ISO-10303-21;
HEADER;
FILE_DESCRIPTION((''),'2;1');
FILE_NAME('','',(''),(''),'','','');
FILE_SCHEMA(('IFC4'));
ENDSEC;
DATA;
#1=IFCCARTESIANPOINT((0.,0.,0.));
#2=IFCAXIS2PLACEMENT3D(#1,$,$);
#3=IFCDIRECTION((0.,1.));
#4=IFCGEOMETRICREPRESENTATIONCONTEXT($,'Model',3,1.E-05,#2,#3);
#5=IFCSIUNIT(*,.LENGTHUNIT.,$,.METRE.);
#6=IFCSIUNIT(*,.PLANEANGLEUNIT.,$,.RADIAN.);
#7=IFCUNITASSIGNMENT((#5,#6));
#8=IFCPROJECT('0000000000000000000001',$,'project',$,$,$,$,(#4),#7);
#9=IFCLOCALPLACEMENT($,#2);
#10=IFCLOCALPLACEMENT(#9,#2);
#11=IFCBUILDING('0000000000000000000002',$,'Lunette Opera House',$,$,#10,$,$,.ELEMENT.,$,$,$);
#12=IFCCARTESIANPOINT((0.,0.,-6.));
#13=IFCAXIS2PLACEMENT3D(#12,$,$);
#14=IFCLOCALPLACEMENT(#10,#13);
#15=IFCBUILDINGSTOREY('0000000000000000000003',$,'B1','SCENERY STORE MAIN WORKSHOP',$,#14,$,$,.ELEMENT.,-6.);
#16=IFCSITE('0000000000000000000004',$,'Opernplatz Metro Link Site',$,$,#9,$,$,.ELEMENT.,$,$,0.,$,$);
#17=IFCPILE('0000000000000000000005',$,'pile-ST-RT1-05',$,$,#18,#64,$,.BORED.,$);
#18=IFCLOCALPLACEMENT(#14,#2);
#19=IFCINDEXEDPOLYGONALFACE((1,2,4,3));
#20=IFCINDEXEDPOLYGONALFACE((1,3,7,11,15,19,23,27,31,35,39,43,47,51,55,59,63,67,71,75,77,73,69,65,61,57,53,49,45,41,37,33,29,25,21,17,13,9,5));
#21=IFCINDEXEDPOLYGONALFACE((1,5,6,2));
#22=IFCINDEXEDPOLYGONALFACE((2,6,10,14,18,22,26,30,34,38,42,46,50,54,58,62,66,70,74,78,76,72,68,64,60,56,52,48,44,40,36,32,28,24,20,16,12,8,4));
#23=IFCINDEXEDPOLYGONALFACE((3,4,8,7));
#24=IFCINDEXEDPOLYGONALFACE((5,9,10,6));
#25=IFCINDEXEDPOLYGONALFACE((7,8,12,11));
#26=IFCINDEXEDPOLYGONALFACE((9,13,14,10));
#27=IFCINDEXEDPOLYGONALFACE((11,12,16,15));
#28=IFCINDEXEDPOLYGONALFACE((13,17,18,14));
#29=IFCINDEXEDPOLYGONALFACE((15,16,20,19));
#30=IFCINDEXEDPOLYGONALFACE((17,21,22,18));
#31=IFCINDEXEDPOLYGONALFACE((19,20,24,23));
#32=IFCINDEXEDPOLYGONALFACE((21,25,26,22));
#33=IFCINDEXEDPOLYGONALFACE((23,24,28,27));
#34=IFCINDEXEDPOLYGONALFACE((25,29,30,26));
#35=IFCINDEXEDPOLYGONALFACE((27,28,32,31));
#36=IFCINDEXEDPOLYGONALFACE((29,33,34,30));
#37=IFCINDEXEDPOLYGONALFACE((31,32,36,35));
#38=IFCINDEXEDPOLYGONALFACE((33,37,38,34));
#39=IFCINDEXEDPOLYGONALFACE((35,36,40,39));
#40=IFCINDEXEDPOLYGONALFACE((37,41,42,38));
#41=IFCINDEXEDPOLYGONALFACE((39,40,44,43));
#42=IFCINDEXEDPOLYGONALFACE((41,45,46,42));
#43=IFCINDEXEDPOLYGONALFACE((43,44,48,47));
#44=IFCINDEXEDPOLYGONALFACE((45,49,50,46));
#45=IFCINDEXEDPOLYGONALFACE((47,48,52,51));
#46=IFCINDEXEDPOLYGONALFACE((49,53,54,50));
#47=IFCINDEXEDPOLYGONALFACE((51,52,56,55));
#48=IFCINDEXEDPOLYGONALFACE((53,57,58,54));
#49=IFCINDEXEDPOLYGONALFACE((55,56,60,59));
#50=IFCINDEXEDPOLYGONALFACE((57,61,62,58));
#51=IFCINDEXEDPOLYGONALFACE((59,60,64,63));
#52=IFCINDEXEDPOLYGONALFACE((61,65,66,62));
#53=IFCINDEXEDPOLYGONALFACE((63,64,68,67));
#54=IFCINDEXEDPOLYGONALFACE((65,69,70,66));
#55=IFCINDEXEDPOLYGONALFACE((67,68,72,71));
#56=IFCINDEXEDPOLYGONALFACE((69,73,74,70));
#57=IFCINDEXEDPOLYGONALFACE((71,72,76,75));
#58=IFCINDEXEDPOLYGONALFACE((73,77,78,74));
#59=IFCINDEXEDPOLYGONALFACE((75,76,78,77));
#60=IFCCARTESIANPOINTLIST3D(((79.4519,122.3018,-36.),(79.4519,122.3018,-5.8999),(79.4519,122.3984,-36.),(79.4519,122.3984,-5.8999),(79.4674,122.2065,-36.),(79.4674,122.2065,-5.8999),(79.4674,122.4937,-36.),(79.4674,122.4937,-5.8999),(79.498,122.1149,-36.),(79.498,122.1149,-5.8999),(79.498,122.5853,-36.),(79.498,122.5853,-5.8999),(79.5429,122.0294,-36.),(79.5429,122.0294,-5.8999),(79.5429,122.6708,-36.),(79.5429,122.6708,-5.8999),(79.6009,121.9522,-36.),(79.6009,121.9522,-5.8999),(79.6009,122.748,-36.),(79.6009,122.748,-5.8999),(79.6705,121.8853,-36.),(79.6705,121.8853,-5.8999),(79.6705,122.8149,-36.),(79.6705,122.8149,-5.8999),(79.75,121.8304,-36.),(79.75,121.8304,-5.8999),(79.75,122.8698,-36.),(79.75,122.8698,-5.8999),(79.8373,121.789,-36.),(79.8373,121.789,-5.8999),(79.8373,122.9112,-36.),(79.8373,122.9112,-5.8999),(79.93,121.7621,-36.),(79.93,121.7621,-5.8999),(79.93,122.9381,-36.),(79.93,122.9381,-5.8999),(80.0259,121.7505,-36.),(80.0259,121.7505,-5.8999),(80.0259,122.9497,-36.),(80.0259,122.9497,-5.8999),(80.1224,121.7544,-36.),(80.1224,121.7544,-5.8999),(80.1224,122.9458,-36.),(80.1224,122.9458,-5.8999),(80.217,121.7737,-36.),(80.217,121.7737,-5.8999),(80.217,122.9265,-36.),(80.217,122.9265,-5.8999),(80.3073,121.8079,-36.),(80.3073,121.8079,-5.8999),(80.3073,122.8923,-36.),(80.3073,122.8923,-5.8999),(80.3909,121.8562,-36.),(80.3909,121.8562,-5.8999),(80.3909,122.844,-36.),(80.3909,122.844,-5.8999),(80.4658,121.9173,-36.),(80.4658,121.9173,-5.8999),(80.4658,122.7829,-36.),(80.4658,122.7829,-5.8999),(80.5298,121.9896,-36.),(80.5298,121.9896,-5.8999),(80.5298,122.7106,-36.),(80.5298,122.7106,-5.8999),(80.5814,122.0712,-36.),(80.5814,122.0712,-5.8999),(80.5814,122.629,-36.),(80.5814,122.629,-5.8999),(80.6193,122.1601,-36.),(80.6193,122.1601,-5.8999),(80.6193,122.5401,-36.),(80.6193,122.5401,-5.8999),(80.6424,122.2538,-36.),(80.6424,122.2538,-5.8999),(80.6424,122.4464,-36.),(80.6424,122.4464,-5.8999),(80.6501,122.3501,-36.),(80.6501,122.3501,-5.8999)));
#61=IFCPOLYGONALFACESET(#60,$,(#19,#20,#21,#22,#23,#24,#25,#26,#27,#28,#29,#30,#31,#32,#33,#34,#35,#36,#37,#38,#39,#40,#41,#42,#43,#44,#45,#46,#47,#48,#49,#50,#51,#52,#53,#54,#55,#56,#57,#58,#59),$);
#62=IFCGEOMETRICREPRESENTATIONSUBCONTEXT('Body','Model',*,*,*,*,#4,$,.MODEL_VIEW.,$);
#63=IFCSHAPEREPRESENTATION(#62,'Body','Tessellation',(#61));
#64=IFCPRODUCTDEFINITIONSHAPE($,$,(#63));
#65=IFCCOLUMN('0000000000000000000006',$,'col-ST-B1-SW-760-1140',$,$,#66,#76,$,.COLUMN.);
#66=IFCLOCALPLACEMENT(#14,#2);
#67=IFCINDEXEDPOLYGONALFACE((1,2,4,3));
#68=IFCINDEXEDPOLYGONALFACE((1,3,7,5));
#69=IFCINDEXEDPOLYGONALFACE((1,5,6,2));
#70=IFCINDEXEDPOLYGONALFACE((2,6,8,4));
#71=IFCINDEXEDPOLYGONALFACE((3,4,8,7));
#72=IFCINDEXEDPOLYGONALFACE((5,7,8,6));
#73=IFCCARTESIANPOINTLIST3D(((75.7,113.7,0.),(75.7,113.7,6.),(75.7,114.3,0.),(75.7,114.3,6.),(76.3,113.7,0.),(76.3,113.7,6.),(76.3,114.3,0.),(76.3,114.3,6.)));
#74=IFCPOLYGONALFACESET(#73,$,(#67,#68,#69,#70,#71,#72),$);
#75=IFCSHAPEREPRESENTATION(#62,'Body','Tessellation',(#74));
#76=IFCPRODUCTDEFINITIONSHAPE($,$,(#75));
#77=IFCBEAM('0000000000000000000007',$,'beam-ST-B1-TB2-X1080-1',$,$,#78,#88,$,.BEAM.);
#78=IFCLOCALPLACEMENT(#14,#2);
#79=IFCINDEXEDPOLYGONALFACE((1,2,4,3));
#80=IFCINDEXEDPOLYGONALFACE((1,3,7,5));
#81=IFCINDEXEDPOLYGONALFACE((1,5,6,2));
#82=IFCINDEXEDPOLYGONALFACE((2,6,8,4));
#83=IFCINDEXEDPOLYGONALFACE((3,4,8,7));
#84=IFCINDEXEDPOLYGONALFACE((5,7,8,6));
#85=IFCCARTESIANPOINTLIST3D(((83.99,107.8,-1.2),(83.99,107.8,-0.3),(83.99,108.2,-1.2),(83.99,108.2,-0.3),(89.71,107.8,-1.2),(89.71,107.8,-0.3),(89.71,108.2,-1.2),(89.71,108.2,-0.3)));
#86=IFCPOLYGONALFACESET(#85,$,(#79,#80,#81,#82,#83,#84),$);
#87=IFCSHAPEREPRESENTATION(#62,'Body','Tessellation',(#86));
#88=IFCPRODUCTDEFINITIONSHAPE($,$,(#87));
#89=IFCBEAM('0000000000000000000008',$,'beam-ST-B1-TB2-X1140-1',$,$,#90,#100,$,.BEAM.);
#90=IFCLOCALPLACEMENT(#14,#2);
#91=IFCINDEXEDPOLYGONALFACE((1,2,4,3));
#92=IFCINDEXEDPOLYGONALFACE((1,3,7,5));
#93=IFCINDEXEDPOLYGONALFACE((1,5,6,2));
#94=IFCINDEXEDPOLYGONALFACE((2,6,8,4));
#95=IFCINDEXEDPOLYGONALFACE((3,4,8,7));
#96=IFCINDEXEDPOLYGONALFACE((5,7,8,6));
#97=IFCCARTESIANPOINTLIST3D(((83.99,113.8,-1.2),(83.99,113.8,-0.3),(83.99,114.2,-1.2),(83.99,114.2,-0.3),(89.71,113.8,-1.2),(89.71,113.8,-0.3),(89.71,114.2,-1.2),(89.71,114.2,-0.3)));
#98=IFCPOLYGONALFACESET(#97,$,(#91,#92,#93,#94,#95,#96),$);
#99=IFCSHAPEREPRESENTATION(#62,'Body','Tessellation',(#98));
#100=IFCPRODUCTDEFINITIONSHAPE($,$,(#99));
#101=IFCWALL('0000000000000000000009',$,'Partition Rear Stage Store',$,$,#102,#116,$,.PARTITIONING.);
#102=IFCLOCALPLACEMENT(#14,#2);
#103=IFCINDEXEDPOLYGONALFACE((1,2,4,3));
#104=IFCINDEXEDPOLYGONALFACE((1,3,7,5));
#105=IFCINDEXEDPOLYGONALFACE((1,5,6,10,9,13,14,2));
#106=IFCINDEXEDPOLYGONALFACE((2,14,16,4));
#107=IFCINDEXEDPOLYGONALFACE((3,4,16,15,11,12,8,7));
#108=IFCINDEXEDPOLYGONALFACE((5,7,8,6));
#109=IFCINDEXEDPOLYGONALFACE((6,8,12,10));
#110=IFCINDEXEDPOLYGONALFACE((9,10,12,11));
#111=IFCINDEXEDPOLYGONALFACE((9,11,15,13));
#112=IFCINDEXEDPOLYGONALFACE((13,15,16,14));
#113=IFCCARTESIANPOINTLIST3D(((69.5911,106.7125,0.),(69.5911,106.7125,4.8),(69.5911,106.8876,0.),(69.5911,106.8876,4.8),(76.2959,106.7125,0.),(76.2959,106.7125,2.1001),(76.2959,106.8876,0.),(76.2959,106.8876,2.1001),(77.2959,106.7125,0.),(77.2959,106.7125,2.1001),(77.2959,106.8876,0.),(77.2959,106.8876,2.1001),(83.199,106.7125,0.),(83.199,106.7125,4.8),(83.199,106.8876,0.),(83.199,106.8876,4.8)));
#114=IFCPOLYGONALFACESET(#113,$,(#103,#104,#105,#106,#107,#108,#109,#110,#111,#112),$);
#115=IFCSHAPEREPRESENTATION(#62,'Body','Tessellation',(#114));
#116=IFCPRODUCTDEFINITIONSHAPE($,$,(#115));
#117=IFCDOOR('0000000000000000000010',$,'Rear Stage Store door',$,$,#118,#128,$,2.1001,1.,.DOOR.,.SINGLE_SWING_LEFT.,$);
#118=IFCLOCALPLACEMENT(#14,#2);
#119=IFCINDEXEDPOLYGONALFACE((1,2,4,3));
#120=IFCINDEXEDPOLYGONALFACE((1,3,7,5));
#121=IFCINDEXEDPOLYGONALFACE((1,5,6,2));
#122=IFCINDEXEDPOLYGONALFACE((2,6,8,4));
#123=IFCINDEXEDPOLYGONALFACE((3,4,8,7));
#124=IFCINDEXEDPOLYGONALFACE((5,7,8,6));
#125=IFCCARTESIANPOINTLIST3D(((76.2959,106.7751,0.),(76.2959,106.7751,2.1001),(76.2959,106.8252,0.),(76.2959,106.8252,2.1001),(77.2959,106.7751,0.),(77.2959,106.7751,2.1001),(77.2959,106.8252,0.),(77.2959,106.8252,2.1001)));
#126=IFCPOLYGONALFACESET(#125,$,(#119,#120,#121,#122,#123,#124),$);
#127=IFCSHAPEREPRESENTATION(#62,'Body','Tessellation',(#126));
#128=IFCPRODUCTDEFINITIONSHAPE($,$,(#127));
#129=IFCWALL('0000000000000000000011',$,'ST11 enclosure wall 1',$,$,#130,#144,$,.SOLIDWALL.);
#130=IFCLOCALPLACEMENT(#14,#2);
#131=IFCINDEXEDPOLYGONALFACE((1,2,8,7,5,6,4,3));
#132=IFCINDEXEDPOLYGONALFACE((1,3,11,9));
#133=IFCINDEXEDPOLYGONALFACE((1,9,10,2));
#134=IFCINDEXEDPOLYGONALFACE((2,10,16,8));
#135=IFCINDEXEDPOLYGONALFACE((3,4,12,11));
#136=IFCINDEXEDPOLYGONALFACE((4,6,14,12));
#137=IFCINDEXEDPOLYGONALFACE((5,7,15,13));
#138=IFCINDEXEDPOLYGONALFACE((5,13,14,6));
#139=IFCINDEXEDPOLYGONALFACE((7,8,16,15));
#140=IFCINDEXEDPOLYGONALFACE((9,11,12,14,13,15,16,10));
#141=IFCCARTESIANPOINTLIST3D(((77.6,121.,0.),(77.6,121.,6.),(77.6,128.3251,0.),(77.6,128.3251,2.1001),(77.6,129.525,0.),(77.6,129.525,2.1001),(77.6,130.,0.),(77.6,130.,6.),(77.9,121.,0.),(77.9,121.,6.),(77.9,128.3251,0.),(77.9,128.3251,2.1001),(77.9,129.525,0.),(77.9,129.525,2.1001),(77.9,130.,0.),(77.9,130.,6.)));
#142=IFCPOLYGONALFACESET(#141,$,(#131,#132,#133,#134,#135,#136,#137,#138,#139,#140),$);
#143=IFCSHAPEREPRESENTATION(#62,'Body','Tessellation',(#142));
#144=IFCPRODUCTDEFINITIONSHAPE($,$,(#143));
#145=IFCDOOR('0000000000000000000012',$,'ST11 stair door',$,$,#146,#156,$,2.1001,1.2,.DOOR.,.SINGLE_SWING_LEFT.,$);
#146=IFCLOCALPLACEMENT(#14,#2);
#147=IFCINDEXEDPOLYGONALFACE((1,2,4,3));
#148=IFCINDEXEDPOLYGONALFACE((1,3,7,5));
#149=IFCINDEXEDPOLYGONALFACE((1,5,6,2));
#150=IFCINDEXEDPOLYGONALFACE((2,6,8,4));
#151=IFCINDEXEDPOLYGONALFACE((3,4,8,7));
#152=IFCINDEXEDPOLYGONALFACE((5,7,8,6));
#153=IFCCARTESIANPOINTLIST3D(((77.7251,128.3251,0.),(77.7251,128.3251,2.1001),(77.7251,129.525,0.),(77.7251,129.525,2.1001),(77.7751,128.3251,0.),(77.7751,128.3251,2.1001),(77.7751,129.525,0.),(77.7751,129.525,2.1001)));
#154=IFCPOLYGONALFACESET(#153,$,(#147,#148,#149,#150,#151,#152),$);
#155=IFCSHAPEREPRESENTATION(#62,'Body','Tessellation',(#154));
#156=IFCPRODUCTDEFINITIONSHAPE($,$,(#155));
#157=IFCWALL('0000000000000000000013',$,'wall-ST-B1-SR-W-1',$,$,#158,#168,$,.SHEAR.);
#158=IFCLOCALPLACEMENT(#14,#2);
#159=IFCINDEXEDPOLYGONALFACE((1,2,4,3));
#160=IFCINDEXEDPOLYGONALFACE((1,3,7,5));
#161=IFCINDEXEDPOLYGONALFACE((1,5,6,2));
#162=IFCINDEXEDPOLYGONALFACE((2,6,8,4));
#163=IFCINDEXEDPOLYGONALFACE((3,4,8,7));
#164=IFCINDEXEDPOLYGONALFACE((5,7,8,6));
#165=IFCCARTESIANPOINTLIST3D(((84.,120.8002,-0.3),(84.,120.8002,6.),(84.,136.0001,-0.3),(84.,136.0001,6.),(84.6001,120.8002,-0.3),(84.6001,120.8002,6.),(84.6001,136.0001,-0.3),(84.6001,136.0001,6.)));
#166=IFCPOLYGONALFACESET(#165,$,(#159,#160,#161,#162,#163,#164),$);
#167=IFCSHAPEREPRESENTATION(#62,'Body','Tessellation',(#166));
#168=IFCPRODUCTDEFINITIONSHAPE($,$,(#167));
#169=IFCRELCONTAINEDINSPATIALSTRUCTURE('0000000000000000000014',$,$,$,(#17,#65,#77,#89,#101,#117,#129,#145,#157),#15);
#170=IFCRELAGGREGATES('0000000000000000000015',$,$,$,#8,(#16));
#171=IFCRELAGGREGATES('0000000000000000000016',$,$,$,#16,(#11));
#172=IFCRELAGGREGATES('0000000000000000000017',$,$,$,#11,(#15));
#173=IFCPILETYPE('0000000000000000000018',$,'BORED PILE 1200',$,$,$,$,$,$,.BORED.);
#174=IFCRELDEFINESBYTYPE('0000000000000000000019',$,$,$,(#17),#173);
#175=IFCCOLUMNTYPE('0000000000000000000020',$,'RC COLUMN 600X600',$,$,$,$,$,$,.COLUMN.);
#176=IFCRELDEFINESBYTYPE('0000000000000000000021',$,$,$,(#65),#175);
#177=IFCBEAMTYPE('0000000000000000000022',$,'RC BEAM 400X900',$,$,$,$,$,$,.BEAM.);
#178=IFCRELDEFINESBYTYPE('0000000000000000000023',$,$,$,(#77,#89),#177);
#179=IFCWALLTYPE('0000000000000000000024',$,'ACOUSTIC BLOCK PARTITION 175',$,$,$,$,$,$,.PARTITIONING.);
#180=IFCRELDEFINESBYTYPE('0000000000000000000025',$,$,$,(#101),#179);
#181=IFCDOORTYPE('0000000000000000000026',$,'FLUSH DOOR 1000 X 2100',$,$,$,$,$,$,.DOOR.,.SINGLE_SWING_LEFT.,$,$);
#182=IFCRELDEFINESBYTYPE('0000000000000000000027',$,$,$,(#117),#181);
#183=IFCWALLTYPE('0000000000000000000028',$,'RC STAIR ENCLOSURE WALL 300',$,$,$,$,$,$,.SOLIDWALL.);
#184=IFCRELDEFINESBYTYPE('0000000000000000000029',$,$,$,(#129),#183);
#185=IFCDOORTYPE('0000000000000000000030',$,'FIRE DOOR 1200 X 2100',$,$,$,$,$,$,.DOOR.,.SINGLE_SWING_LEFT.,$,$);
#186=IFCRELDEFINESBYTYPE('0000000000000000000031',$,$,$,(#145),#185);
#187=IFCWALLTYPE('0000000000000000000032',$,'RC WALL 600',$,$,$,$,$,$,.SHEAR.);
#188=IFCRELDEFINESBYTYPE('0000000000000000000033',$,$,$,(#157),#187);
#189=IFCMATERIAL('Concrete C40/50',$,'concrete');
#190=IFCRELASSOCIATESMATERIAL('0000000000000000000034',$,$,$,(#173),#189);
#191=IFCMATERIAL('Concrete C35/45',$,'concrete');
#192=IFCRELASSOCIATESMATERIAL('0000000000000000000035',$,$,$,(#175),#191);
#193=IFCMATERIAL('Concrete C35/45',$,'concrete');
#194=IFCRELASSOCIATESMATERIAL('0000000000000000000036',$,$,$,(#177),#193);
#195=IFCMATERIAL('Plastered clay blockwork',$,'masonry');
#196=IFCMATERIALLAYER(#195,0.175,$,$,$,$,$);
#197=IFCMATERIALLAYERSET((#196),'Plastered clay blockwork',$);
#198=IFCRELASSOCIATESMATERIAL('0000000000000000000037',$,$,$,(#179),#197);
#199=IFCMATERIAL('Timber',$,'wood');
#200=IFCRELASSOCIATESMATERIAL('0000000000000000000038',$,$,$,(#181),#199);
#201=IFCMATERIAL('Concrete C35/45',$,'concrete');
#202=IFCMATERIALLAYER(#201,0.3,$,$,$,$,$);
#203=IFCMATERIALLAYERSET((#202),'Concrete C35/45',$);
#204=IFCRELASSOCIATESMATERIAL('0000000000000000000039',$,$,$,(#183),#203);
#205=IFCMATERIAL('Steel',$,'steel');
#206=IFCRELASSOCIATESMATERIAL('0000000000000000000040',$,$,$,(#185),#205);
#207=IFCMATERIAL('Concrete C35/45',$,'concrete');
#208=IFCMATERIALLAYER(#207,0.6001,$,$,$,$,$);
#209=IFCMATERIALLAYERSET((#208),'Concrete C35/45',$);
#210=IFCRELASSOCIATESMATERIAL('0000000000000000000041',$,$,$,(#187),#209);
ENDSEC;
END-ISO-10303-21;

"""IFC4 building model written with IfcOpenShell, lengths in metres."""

from ifc_helpers import new_model, si_unit, direction, frame, frame_2d, origin, origin_2d, place, context, subcontext, project, spatial, rectangle, circle, extrude, material, layer, layer_set, material_profile, profile_set, type_object, element, fill, save


model = new_model("IFC4")

# Units and contexts
model_context = context("Model", 3, precision=1e-05, world=origin(), true_north=direction((0.0, 1.0)))
body_context = subcontext(model_context, "Body", "Model", "MODEL_VIEW")
ifc_project = project(units=[si_unit("LENGTHUNIT", "METRE"), si_unit("PLANEANGLEUNIT", "RADIAN")], contexts=[model_context])

# Site, building, storey
site_placement = place(None, origin())
site = spatial("IfcSite", under=ifc_project, at=site_placement, Name="Opernplatz Metro Link Site", CompositionType="ELEMENT", RefElevation=0.0)
building_placement = place(site_placement, origin())
building = spatial("IfcBuilding", under=site, at=building_placement, Name="Lunette Opera House", CompositionType="ELEMENT")
storey_placement = place(building_placement, frame((0.0, 0.0, -6.0)))
storey = spatial("IfcBuildingStorey", under=building, at=storey_placement, Name="B1", Description="SCENERY STORE MAIN WORKSHOP", CompositionType="ELEMENT", Elevation=-6.0)

# Pile
ifc_material_1 = material(Name="Concrete C40/50", Category="concrete")
ifc_material_profile_1 = material_profile(ifc_material_1, circle(Radius=0.6001, at=origin_2d()), Name="BORED PILE 1200")
ifc_profile_set_1 = profile_set([ifc_material_profile_1], Name="Concrete C40/50")
pile_type = type_object("IfcPileType", Name="BORED PILE 1200", PredefinedType="BORED", material=ifc_profile_set_1)
for number, where, z_axis, x_axis, name in (
    (1, (80.05, 122.3501, -5.8999), (0.0, 0.0, -1.0), (1.0, 0.0, 0.0), "pile-ST-RT1-05"),
):
    element("IfcPile", number, at=place(storey_placement, frame(where, z_axis=z_axis, x_axis=x_axis)), inside=storey, type_object=pile_type, Name=name, PredefinedType="BORED", context=body_context, shape_type="SweptSolid", body=[
        extrude(circle(Radius=0.6001, at=origin_2d()), origin(), (0.0, 0.0, 1.0), 30.1001),
    ])

# Column
ifc_material_2 = material(Name="Concrete C35/45", Category="concrete")
ifc_material_profile_2 = material_profile(ifc_material_2, rectangle(XDim=0.6001, YDim=0.6001, at=origin_2d()), Name="RC COLUMN 600X600")
ifc_profile_set_2 = profile_set([ifc_material_profile_2], Name="Concrete C35/45")
column_type = type_object("IfcColumnType", Name="RC COLUMN 600X600", PredefinedType="COLUMN", material=ifc_profile_set_2)
column_placement = place(storey_placement, frame((76.0, 114.0, 0.0), z_axis=(0.0, 0.0, 1.0), x_axis=(1.0, 0.0, 0.0)))
element("IfcColumn", 2, at=column_placement, inside=storey, type_object=column_type, Name="col-ST-B1-SW-760-1140", PredefinedType="COLUMN", context=body_context, shape_type="SweptSolid", body=[
    extrude(rectangle(XDim=0.6001, YDim=0.6001, at=origin_2d()), origin(), (0.0, 0.0, 1.0), 6.0),
])

# Beams
ifc_material_3 = material(Name="Concrete C35/45", Category="concrete")
ifc_material_profile_3 = material_profile(ifc_material_3, rectangle(XDim=0.3999, YDim=0.8999, at=origin_2d()), Name="RC BEAM 400X900")
ifc_profile_set_3 = profile_set([ifc_material_profile_3], Name="Concrete C35/45")
beam_type = type_object("IfcBeamType", Name="RC BEAM 400X900", PredefinedType="BEAM", material=ifc_profile_set_3)
for number, where, z_axis, x_axis, name in (
    (3, (83.99, 108.0, -0.75), (1.0, 0.0, 0.0), (0.0, 1.0, 0.0), "beam-ST-B1-TB2-X1080-1"),
    (4, (83.99, 114.0, -0.75), (1.0, 0.0, 0.0), (0.0, 1.0, 0.0), "beam-ST-B1-TB2-X1140-1"),
):
    element("IfcBeam", number, at=place(storey_placement, frame(where, z_axis=z_axis, x_axis=x_axis)), inside=storey, type_object=beam_type, Name=name, PredefinedType="BEAM", context=body_context, shape_type="SweptSolid", body=[
        extrude(rectangle(XDim=0.3999, YDim=0.8999, at=origin_2d()), origin(), (0.0, 0.0, 1.0), 5.72),
    ])

# Walls, openings, doors
ifc_material_4 = material(Name="Plastered clay blockwork", Category="masonry")
ifc_layer_1 = layer(ifc_material_4, 0.175)
ifc_layer_set_1 = layer_set([ifc_layer_1], Name="Plastered clay blockwork")
wall_type_1 = type_object("IfcWallType", Name="ACOUSTIC BLOCK PARTITION 175", PredefinedType="PARTITIONING", material=ifc_layer_set_1)
wall_1_placement = place(storey_placement, frame((83.199, 106.8, 0.0), z_axis=(0.0, 0.0, 1.0), x_axis=(-1.0, 0.0, 0.0)))
wall_1 = element("IfcWall", 5, at=wall_1_placement, inside=storey, type_object=wall_type_1, Name="Partition Rear Stage Store", PredefinedType="PARTITIONING", context=body_context, shape_type="SweptSolid", body=[
    extrude(rectangle(XDim=13.6079, YDim=0.175, at=frame_2d((6.804, 0.0))), origin(), (0.0, 0.0, 1.0), 4.8),
])
opening_1_placement = place(wall_1_placement, frame((5.9031, 0.0, 0.0)))
opening_1 = element("IfcOpeningElement", 6, at=opening_1_placement, cuts=wall_1, PredefinedType="OPENING", context=body_context, shape_type="SweptSolid", body=[
    extrude(rectangle(XDim=1.0, YDim=2.1001, at=frame_2d((0.5, 1.05))), frame((0.0, 0.0996, 0.0), z_axis=(0.0, -1.0, 0.0), x_axis=(1.0, 0.0, 0.0)), (0.0, 0.0, 1.0), 0.199),
])
ifc_material_5 = material(Name="Timber", Category="wood")
door_type_1 = type_object("IfcDoorType", Name="FLUSH DOOR 1000 X 2100", OperationType="SINGLE_SWING_LEFT", PredefinedType="DOOR", material=ifc_material_5)
door_1_placement = place(opening_1_placement, origin())
door_1 = element("IfcDoor", 7, at=door_1_placement, inside=storey, type_object=door_type_1, Name="Rear Stage Store door", OperationType="SINGLE_SWING_LEFT", OverallHeight=2.1001, OverallWidth=1.0, PredefinedType="DOOR", context=body_context, shape_type="SweptSolid", body=[
    extrude(rectangle(XDim=1.0, YDim=2.1001, at=frame_2d((0.5, 1.05))), frame((0.0, 0.0249, 0.0), z_axis=(0.0, -1.0, 0.0), x_axis=(1.0, 0.0, 0.0)), (0.0, 0.0, 1.0), 0.05),
])
fill(opening_1, door_1)
ifc_material_6 = material(Name="Concrete C35/45", Category="concrete")
ifc_layer_2 = layer(ifc_material_6, 0.3)
ifc_layer_set_2 = layer_set([ifc_layer_2], Name="Concrete C35/45")
wall_type_2 = type_object("IfcWallType", Name="RC STAIR ENCLOSURE WALL 300", PredefinedType="SOLIDWALL", material=ifc_layer_set_2)
wall_2_placement = place(storey_placement, frame((77.75, 121.0, 0.0), z_axis=(0.0, 0.0, 1.0), x_axis=(0.0, 1.0, 0.0)))
wall_2 = element("IfcWall", 8, at=wall_2_placement, inside=storey, type_object=wall_type_2, Name="ST11 enclosure wall 1", PredefinedType="SOLIDWALL", context=body_context, shape_type="SweptSolid", body=[
    extrude(rectangle(XDim=9.0, YDim=0.3, at=frame_2d((4.5, 0.0))), origin(), (0.0, 0.0, 1.0), 6.0),
])
opening_2_placement = place(wall_2_placement, frame((7.325, 0.0, 0.0)))
opening_2 = element("IfcOpeningElement", 9, at=opening_2_placement, cuts=wall_2, PredefinedType="OPENING", context=body_context, shape_type="SweptSolid", body=[
    extrude(rectangle(XDim=1.2, YDim=2.1001, at=frame_2d((0.6001, 1.05))), frame((0.0, 0.1621, 0.0), z_axis=(0.0, -1.0, 0.0), x_axis=(1.0, 0.0, 0.0)), (0.0, 0.0, 1.0), 0.324),
])
ifc_material_7 = material(Name="Steel", Category="steel")
door_type_2 = type_object("IfcDoorType", Name="FIRE DOOR 1200 X 2100", OperationType="SINGLE_SWING_LEFT", PredefinedType="DOOR", material=ifc_material_7)
door_2_placement = place(opening_2_placement, origin())
door_2 = element("IfcDoor", 10, at=door_2_placement, inside=storey, type_object=door_type_2, Name="ST11 stair door", OperationType="SINGLE_SWING_LEFT", OverallHeight=2.1001, OverallWidth=1.2, PredefinedType="DOOR", context=body_context, shape_type="SweptSolid", body=[
    extrude(rectangle(XDim=1.2, YDim=2.1001, at=frame_2d((0.6001, 1.05))), frame((0.0, 0.0249, 0.0), z_axis=(0.0, -1.0, 0.0), x_axis=(1.0, 0.0, 0.0)), (0.0, 0.0, 1.0), 0.05),
])
fill(opening_2, door_2)

# Wall
ifc_material_8 = material(Name="Concrete C35/45", Category="concrete")
ifc_layer_3 = layer(ifc_material_8, 0.6001)
ifc_layer_set_3 = layer_set([ifc_layer_3], Name="Concrete C35/45")
wall_type_3 = type_object("IfcWallType", Name="RC WALL 600", PredefinedType="SHEAR", material=ifc_layer_set_3)
wall_3_placement = place(storey_placement, frame((84.3, 120.8, -0.3), z_axis=(0.0, 0.0, 1.0), x_axis=(0.0, 1.0, 0.0)))
element("IfcWall", 11, at=wall_3_placement, inside=storey, type_object=wall_type_3, Name="wall-ST-B1-SR-W-1", PredefinedType="SHEAR", context=body_context, shape_type="SweptSolid", body=[
    extrude(rectangle(XDim=15.2, YDim=0.6001, at=frame_2d((7.6001, 0.0))), origin(), (0.0, 0.0, 1.0), 6.3),
])

save(model, "model.ifc")
